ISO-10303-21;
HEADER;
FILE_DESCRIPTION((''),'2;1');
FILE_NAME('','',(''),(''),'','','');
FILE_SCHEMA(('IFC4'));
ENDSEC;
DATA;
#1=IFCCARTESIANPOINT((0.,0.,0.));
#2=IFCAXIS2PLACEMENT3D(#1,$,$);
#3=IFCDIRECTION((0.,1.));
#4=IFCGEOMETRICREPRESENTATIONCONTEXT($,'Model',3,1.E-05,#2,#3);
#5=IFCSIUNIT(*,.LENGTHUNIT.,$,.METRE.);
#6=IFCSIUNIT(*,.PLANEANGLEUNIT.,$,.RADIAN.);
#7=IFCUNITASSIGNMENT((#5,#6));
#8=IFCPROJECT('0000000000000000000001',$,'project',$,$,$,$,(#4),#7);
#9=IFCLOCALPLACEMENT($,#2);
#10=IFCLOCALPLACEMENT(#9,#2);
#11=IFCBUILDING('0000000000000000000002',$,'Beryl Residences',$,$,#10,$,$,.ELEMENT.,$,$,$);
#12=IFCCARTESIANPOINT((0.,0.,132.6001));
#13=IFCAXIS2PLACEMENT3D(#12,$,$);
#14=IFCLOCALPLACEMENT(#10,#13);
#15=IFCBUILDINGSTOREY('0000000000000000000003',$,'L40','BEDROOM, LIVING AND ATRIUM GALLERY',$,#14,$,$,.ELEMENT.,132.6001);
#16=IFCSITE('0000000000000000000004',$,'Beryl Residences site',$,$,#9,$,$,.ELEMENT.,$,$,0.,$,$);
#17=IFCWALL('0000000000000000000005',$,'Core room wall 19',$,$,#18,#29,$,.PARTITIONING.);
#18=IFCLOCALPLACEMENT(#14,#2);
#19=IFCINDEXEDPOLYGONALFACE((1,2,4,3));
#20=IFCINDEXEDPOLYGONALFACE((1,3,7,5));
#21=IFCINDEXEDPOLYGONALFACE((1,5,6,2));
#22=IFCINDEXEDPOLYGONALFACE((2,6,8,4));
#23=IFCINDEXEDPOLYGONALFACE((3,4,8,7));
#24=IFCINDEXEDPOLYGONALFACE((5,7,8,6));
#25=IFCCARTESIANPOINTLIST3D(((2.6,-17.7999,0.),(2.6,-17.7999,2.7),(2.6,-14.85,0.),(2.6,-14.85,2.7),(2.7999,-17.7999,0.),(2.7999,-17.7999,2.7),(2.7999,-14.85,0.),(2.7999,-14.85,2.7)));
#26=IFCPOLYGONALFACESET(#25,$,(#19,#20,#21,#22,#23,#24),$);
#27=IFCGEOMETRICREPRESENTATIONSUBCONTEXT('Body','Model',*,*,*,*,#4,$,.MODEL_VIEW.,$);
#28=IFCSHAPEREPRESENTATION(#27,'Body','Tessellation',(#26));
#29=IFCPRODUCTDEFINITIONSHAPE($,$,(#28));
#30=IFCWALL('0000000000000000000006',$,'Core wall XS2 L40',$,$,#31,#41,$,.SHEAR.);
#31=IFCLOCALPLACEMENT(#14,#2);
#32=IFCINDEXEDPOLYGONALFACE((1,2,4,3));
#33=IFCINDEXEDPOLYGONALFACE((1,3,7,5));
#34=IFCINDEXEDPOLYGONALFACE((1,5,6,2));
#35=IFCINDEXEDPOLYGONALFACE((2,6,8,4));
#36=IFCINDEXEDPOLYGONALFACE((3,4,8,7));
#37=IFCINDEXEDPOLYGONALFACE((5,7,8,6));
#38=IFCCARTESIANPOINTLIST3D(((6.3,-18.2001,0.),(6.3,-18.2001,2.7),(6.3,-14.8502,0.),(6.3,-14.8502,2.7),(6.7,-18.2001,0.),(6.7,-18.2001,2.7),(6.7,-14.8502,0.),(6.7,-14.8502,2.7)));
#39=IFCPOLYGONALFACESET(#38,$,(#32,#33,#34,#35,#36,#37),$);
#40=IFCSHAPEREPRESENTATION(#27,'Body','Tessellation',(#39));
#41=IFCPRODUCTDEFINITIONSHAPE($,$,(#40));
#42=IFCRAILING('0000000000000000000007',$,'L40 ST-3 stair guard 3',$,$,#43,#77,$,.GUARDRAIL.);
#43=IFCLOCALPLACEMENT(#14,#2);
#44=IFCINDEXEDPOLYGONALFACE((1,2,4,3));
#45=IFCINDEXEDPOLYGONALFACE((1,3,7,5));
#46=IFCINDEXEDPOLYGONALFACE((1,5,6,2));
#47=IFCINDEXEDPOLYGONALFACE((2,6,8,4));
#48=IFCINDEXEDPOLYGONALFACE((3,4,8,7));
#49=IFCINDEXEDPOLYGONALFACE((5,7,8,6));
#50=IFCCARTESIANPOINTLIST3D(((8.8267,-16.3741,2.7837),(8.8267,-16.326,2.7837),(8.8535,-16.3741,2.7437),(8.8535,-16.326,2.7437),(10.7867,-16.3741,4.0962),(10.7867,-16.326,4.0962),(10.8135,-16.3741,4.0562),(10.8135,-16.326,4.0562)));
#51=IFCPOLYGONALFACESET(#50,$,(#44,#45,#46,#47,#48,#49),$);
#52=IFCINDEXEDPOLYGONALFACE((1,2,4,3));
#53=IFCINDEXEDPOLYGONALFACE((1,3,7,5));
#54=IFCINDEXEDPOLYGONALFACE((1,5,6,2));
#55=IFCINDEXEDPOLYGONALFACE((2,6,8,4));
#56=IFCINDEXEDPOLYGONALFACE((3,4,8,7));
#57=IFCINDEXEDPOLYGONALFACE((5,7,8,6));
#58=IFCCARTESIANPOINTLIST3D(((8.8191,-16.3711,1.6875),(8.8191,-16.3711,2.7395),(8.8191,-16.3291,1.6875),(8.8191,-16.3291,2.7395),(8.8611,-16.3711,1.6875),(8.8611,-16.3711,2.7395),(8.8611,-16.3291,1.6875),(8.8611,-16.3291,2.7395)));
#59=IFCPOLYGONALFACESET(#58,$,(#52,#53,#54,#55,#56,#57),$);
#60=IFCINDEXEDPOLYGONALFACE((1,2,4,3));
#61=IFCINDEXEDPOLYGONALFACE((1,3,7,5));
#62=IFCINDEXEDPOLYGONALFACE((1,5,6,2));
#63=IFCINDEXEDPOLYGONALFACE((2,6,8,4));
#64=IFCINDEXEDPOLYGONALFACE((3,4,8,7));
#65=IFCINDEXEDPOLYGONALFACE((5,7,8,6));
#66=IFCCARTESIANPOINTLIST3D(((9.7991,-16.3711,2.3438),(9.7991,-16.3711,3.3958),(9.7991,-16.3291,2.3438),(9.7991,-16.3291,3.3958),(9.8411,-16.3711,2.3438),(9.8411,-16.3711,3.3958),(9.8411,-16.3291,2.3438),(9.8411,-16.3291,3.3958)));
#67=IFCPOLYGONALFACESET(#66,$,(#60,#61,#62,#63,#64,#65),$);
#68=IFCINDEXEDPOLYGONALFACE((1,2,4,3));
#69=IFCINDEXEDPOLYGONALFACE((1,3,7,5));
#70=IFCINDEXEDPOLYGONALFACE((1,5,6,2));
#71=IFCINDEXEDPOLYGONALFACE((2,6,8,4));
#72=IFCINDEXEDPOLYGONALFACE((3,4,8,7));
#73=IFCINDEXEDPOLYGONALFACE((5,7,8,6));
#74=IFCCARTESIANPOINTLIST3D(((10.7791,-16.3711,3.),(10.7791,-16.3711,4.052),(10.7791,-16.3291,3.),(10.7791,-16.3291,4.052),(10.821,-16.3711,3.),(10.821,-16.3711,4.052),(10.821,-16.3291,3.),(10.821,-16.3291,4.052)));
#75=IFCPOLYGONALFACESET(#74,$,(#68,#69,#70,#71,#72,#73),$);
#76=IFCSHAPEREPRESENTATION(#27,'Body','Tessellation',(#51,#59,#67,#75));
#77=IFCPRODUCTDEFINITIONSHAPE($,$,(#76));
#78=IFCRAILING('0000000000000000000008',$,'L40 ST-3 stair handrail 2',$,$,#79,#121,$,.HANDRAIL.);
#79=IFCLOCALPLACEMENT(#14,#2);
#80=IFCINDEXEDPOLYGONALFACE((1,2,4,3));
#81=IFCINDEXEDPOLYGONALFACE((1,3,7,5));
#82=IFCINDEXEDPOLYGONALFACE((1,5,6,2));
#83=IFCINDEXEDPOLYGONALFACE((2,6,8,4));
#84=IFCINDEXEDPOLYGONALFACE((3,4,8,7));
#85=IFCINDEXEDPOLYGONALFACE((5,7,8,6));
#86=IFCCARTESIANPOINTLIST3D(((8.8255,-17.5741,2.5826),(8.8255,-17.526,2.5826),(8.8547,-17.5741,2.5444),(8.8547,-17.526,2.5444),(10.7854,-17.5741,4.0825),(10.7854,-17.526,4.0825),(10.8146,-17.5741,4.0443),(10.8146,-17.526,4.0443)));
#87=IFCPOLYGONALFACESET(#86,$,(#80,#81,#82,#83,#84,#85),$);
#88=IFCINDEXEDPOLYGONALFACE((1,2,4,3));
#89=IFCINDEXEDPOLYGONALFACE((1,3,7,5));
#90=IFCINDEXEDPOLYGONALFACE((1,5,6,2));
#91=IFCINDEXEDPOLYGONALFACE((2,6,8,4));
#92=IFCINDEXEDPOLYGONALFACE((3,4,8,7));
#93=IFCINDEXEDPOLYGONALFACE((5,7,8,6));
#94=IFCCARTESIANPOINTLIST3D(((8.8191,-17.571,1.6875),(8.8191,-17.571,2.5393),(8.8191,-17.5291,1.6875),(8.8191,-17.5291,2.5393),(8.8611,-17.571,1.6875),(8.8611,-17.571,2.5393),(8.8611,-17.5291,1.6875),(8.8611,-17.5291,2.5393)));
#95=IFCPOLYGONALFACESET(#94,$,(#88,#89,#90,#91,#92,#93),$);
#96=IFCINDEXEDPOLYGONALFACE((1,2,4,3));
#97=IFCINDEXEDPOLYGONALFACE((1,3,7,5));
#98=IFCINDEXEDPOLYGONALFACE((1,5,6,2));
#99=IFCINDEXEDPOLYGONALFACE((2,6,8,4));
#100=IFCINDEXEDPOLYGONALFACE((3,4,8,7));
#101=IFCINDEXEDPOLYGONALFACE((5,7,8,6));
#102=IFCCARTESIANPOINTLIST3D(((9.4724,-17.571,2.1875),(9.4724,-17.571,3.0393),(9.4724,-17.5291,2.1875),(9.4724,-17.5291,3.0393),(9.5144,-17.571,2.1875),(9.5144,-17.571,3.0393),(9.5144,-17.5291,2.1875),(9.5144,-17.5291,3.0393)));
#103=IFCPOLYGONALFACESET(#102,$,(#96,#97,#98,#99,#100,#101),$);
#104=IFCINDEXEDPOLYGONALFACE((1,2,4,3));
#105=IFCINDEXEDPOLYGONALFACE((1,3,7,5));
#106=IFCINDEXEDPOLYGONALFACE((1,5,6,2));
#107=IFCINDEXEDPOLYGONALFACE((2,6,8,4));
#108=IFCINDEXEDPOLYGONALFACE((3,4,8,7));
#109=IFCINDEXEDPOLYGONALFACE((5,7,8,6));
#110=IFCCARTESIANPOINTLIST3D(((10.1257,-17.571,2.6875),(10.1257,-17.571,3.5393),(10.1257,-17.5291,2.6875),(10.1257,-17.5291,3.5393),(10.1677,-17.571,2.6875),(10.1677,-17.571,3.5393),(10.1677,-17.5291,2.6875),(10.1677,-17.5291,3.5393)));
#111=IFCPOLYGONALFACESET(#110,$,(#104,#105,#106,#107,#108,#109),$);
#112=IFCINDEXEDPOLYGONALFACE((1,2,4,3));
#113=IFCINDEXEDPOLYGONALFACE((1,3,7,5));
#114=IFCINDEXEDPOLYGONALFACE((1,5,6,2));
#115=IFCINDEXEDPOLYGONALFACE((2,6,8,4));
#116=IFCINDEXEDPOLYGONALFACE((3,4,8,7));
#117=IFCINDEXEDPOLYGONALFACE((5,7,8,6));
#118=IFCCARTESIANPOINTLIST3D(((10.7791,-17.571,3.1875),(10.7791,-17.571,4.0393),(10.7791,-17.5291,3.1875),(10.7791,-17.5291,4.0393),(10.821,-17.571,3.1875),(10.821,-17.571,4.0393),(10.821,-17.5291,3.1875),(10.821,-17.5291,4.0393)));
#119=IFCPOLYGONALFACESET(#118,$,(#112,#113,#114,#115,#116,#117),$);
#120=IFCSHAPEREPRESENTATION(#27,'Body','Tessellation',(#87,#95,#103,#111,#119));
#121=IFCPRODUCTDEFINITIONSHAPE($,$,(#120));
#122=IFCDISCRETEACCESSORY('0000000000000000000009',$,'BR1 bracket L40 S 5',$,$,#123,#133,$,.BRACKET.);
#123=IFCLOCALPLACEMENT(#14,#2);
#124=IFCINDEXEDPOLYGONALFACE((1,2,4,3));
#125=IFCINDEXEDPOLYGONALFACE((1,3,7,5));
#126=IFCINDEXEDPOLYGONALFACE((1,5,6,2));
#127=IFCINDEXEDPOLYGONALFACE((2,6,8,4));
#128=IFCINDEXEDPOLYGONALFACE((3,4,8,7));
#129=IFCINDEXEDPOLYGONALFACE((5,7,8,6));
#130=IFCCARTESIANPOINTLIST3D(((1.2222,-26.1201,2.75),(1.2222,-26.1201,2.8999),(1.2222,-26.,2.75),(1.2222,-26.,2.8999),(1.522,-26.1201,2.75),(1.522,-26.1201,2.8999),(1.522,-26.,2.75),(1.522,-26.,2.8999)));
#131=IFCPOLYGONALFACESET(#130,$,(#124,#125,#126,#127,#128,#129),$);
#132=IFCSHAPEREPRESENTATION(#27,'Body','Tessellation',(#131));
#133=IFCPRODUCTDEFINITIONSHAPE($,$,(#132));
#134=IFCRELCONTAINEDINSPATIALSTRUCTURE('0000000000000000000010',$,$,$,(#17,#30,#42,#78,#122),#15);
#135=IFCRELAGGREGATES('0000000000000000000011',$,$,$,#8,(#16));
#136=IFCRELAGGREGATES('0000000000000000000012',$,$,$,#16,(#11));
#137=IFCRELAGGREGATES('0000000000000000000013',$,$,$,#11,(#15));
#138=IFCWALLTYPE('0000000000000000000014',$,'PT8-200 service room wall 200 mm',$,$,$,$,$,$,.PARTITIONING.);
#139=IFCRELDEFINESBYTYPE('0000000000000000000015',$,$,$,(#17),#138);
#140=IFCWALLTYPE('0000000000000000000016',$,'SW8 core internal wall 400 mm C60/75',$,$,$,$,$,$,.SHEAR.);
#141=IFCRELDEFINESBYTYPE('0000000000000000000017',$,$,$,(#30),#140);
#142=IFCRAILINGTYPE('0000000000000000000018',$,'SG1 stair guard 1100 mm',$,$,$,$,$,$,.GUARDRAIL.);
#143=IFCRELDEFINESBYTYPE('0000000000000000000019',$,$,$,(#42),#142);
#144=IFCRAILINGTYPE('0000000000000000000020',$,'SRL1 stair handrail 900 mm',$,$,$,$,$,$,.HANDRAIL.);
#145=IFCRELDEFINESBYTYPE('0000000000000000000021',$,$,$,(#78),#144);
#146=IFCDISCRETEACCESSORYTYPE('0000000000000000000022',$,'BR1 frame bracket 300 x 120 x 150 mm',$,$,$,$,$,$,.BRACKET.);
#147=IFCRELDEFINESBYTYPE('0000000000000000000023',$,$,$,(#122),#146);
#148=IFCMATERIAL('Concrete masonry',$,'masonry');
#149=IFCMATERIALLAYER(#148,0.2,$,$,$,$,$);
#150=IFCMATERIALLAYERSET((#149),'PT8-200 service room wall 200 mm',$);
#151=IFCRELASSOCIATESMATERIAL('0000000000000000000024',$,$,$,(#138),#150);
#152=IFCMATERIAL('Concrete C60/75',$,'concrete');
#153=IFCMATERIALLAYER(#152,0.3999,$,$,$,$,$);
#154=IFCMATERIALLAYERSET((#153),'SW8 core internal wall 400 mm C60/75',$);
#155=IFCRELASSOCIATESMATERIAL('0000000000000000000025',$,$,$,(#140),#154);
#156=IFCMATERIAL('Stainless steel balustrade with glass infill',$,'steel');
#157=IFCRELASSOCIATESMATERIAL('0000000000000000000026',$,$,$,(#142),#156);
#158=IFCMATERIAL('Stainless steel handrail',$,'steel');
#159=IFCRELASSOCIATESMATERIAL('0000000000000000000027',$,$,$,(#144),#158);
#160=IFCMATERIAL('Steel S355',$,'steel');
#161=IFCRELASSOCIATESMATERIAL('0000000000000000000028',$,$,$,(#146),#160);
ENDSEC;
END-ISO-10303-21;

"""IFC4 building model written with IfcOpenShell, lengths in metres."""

from ifc_helpers import new_model, si_unit, direction, frame, frame_2d, origin, origin_2d, place, context, subcontext, project, spatial, polyline, rectangle, outline, extrude, source, transform, mapped, material, layer, layer_set, type_object, type_shapes, element, save


model = new_model("IFC4")

# Units and contexts
model_context = context("Model", 3, precision=1e-05, world=origin(), true_north=direction((0.0, 1.0)))
body_context = subcontext(model_context, "Body", "Model", "MODEL_VIEW")
ifc_project = project(units=[si_unit("LENGTHUNIT", "METRE"), si_unit("PLANEANGLEUNIT", "RADIAN")], contexts=[model_context])

# Site, building, storey
site_placement = place(None, origin())
site = spatial("IfcSite", under=ifc_project, at=site_placement, Name="Beryl Residences site", CompositionType="ELEMENT", RefElevation=0.0)
building_placement = place(site_placement, origin())
building = spatial("IfcBuilding", under=site, at=building_placement, Name="Beryl Residences", CompositionType="ELEMENT")
storey_placement = place(building_placement, frame((0.0, 0.0, 132.6001)))
storey = spatial("IfcBuildingStorey", under=building, at=storey_placement, Name="L40", Description="BEDROOM, LIVING AND ATRIUM GALLERY", CompositionType="ELEMENT", Elevation=132.6001)

# Walls
ifc_material_1 = material(Name="Concrete masonry", Category="masonry")
ifc_layer_1 = layer(ifc_material_1, 0.2)
ifc_layer_set_1 = layer_set([ifc_layer_1], Name="PT8-200 service room wall 200 mm")
wall_type_1 = type_object("IfcWallType", Name="PT8-200 service room wall 200 mm", PredefinedType="PARTITIONING", material=ifc_layer_set_1)
for number, where, z_axis, x_axis, name in (
    (1, (2.7, -17.8, 0.0), (0.0, 0.0, 1.0), (0.0, 1.0, 0.0), "Core room wall 19"),
):
    element("IfcWall", number, at=place(storey_placement, frame(where, z_axis=z_axis, x_axis=x_axis)), inside=storey, type_object=wall_type_1, Name=name, PredefinedType="PARTITIONING", context=body_context, shape_type="SweptSolid", body=[
        extrude(rectangle(XDim=2.95, YDim=0.2, at=frame_2d((1.4751, 0.0))), origin(), (0.0, 0.0, 1.0), 2.7),
    ])
ifc_material_2 = material(Name="Concrete C60/75", Category="concrete")
ifc_layer_2 = layer(ifc_material_2, 0.3999)
ifc_layer_set_2 = layer_set([ifc_layer_2], Name="SW8 core internal wall 400 mm C60/75")
wall_type_2 = type_object("IfcWallType", Name="SW8 core internal wall 400 mm C60/75", PredefinedType="SHEAR", material=ifc_layer_set_2)
wall_1_placement = place(storey_placement, frame((6.5, -18.2, 0.0), z_axis=(0.0, 0.0, 1.0), x_axis=(0.0, 1.0, 0.0)))
element("IfcWall", 2, at=wall_1_placement, inside=storey, type_object=wall_type_2, Name="Core wall XS2 L40", PredefinedType="SHEAR", context=body_context, shape_type="SweptSolid", body=[
    extrude(rectangle(XDim=3.3499, YDim=0.3999, at=frame_2d((1.6748, 0.0))), origin(), (0.0, 0.0, 1.0), 2.7),
])

# Railings
ifc_material_3 = material(Name="Stainless steel balustrade with glass infill", Category="steel")
railing_type_1 = type_object("IfcRailingType", Name="SG1 stair guard 1100 mm", PredefinedType="GUARDRAIL", material=ifc_material_3)
railing_1_placement = place(storey_placement, frame((8.8401, -16.3501, 1.6875)))
element("IfcRailing", 3, at=railing_1_placement, inside=storey, type_object=railing_type_1, Name="L40 ST-3 stair guard 3", PredefinedType="GUARDRAIL", context=body_context, shape_type="SweptSolid", body=[
    extrude(rectangle(XDim=0.0481, YDim=0.0481, at=origin_2d()), frame((0.0, 0.0, 1.0762), z_axis=(0.830902, 0.0, 0.556419), x_axis=(0.0, 1.0, 0.0)), (0.0, 0.0, 1.0), 2.3589),
    extrude(rectangle(XDim=0.042, YDim=0.042, at=origin_2d()), origin(), (0.0, 0.0, 1.0), 1.052),
    extrude(rectangle(XDim=0.042, YDim=0.042, at=origin_2d()), frame((0.98, 0.0, 0.6562)), (0.0, 0.0, 1.0), 1.052),
    extrude(rectangle(XDim=0.042, YDim=0.042, at=origin_2d()), frame((1.96, 0.0, 1.3125)), (0.0, 0.0, 1.0), 1.052),
])
ifc_material_4 = material(Name="Stainless steel handrail", Category="steel")
railing_type_2 = type_object("IfcRailingType", Name="SRL1 stair handrail 900 mm", PredefinedType="HANDRAIL", material=ifc_material_4)
railing_2_placement = place(storey_placement, frame((8.8401, -17.55, 1.6875)))
element("IfcRailing", 4, at=railing_2_placement, inside=storey, type_object=railing_type_2, Name="L40 ST-3 stair handrail 2", PredefinedType="HANDRAIL", context=body_context, shape_type="SweptSolid", body=[
    extrude(rectangle(XDim=0.0481, YDim=0.0481, at=origin_2d()), frame((0.0, 0.0, 0.876), z_axis=(0.794122, 0.0, 0.607758), x_axis=(0.0, 1.0, 0.0)), (0.0, 0.0, 1.0), 2.468),
    extrude(rectangle(XDim=0.042, YDim=0.042, at=origin_2d()), origin(), (0.0, 0.0, 1.0), 0.8518),
    extrude(rectangle(XDim=0.042, YDim=0.042, at=origin_2d()), frame((0.6533, 0.0, 0.5)), (0.0, 0.0, 1.0), 0.8518),
    extrude(rectangle(XDim=0.042, YDim=0.042, at=origin_2d()), frame((1.3066, 0.0, 1.0)), (0.0, 0.0, 1.0), 0.8518),
    extrude(rectangle(XDim=0.042, YDim=0.042, at=origin_2d()), frame((1.96, 0.0, 1.5)), (0.0, 0.0, 1.0), 0.8518),
])

# Discrete accessory
ifc_material_5 = material(Name="Steel S355", Category="steel")
discrete_accessory_type = type_object("IfcDiscreteAccessoryType", Name="BR1 frame bracket 300 x 120 x 150 mm", PredefinedType="BRACKET", material=ifc_material_5)
shared_shape_1 = source(origin(), body_context, "Body", "SweptSolid", [
    extrude(outline(polyline([(-0.1499, 0.0), (0.1499, 0.0), (0.1499, 0.1201), (-0.1499, 0.1201), (-0.1499, 0.0)])), origin(), (0.0, 0.0, 1.0), 0.1499),
])
type_shapes(discrete_accessory_type, [shared_shape_1])
discrete_accessory_placement = place(storey_placement, frame((1.3721, -26.0, 2.75), z_axis=(0.0, 0.0, 1.0), x_axis=(-1.0, 0.0, 0.0)))
element("IfcDiscreteAccessory", 5, at=discrete_accessory_placement, inside=storey, type_object=discrete_accessory_type, Name="BR1 bracket L40 S 5", PredefinedType="BRACKET", context=body_context, shape_type="MappedRepresentation", body=[
    mapped(shared_shape_1, transform((0.0, 0.0, 0.0))),
])

save(model, "model.ifc")
